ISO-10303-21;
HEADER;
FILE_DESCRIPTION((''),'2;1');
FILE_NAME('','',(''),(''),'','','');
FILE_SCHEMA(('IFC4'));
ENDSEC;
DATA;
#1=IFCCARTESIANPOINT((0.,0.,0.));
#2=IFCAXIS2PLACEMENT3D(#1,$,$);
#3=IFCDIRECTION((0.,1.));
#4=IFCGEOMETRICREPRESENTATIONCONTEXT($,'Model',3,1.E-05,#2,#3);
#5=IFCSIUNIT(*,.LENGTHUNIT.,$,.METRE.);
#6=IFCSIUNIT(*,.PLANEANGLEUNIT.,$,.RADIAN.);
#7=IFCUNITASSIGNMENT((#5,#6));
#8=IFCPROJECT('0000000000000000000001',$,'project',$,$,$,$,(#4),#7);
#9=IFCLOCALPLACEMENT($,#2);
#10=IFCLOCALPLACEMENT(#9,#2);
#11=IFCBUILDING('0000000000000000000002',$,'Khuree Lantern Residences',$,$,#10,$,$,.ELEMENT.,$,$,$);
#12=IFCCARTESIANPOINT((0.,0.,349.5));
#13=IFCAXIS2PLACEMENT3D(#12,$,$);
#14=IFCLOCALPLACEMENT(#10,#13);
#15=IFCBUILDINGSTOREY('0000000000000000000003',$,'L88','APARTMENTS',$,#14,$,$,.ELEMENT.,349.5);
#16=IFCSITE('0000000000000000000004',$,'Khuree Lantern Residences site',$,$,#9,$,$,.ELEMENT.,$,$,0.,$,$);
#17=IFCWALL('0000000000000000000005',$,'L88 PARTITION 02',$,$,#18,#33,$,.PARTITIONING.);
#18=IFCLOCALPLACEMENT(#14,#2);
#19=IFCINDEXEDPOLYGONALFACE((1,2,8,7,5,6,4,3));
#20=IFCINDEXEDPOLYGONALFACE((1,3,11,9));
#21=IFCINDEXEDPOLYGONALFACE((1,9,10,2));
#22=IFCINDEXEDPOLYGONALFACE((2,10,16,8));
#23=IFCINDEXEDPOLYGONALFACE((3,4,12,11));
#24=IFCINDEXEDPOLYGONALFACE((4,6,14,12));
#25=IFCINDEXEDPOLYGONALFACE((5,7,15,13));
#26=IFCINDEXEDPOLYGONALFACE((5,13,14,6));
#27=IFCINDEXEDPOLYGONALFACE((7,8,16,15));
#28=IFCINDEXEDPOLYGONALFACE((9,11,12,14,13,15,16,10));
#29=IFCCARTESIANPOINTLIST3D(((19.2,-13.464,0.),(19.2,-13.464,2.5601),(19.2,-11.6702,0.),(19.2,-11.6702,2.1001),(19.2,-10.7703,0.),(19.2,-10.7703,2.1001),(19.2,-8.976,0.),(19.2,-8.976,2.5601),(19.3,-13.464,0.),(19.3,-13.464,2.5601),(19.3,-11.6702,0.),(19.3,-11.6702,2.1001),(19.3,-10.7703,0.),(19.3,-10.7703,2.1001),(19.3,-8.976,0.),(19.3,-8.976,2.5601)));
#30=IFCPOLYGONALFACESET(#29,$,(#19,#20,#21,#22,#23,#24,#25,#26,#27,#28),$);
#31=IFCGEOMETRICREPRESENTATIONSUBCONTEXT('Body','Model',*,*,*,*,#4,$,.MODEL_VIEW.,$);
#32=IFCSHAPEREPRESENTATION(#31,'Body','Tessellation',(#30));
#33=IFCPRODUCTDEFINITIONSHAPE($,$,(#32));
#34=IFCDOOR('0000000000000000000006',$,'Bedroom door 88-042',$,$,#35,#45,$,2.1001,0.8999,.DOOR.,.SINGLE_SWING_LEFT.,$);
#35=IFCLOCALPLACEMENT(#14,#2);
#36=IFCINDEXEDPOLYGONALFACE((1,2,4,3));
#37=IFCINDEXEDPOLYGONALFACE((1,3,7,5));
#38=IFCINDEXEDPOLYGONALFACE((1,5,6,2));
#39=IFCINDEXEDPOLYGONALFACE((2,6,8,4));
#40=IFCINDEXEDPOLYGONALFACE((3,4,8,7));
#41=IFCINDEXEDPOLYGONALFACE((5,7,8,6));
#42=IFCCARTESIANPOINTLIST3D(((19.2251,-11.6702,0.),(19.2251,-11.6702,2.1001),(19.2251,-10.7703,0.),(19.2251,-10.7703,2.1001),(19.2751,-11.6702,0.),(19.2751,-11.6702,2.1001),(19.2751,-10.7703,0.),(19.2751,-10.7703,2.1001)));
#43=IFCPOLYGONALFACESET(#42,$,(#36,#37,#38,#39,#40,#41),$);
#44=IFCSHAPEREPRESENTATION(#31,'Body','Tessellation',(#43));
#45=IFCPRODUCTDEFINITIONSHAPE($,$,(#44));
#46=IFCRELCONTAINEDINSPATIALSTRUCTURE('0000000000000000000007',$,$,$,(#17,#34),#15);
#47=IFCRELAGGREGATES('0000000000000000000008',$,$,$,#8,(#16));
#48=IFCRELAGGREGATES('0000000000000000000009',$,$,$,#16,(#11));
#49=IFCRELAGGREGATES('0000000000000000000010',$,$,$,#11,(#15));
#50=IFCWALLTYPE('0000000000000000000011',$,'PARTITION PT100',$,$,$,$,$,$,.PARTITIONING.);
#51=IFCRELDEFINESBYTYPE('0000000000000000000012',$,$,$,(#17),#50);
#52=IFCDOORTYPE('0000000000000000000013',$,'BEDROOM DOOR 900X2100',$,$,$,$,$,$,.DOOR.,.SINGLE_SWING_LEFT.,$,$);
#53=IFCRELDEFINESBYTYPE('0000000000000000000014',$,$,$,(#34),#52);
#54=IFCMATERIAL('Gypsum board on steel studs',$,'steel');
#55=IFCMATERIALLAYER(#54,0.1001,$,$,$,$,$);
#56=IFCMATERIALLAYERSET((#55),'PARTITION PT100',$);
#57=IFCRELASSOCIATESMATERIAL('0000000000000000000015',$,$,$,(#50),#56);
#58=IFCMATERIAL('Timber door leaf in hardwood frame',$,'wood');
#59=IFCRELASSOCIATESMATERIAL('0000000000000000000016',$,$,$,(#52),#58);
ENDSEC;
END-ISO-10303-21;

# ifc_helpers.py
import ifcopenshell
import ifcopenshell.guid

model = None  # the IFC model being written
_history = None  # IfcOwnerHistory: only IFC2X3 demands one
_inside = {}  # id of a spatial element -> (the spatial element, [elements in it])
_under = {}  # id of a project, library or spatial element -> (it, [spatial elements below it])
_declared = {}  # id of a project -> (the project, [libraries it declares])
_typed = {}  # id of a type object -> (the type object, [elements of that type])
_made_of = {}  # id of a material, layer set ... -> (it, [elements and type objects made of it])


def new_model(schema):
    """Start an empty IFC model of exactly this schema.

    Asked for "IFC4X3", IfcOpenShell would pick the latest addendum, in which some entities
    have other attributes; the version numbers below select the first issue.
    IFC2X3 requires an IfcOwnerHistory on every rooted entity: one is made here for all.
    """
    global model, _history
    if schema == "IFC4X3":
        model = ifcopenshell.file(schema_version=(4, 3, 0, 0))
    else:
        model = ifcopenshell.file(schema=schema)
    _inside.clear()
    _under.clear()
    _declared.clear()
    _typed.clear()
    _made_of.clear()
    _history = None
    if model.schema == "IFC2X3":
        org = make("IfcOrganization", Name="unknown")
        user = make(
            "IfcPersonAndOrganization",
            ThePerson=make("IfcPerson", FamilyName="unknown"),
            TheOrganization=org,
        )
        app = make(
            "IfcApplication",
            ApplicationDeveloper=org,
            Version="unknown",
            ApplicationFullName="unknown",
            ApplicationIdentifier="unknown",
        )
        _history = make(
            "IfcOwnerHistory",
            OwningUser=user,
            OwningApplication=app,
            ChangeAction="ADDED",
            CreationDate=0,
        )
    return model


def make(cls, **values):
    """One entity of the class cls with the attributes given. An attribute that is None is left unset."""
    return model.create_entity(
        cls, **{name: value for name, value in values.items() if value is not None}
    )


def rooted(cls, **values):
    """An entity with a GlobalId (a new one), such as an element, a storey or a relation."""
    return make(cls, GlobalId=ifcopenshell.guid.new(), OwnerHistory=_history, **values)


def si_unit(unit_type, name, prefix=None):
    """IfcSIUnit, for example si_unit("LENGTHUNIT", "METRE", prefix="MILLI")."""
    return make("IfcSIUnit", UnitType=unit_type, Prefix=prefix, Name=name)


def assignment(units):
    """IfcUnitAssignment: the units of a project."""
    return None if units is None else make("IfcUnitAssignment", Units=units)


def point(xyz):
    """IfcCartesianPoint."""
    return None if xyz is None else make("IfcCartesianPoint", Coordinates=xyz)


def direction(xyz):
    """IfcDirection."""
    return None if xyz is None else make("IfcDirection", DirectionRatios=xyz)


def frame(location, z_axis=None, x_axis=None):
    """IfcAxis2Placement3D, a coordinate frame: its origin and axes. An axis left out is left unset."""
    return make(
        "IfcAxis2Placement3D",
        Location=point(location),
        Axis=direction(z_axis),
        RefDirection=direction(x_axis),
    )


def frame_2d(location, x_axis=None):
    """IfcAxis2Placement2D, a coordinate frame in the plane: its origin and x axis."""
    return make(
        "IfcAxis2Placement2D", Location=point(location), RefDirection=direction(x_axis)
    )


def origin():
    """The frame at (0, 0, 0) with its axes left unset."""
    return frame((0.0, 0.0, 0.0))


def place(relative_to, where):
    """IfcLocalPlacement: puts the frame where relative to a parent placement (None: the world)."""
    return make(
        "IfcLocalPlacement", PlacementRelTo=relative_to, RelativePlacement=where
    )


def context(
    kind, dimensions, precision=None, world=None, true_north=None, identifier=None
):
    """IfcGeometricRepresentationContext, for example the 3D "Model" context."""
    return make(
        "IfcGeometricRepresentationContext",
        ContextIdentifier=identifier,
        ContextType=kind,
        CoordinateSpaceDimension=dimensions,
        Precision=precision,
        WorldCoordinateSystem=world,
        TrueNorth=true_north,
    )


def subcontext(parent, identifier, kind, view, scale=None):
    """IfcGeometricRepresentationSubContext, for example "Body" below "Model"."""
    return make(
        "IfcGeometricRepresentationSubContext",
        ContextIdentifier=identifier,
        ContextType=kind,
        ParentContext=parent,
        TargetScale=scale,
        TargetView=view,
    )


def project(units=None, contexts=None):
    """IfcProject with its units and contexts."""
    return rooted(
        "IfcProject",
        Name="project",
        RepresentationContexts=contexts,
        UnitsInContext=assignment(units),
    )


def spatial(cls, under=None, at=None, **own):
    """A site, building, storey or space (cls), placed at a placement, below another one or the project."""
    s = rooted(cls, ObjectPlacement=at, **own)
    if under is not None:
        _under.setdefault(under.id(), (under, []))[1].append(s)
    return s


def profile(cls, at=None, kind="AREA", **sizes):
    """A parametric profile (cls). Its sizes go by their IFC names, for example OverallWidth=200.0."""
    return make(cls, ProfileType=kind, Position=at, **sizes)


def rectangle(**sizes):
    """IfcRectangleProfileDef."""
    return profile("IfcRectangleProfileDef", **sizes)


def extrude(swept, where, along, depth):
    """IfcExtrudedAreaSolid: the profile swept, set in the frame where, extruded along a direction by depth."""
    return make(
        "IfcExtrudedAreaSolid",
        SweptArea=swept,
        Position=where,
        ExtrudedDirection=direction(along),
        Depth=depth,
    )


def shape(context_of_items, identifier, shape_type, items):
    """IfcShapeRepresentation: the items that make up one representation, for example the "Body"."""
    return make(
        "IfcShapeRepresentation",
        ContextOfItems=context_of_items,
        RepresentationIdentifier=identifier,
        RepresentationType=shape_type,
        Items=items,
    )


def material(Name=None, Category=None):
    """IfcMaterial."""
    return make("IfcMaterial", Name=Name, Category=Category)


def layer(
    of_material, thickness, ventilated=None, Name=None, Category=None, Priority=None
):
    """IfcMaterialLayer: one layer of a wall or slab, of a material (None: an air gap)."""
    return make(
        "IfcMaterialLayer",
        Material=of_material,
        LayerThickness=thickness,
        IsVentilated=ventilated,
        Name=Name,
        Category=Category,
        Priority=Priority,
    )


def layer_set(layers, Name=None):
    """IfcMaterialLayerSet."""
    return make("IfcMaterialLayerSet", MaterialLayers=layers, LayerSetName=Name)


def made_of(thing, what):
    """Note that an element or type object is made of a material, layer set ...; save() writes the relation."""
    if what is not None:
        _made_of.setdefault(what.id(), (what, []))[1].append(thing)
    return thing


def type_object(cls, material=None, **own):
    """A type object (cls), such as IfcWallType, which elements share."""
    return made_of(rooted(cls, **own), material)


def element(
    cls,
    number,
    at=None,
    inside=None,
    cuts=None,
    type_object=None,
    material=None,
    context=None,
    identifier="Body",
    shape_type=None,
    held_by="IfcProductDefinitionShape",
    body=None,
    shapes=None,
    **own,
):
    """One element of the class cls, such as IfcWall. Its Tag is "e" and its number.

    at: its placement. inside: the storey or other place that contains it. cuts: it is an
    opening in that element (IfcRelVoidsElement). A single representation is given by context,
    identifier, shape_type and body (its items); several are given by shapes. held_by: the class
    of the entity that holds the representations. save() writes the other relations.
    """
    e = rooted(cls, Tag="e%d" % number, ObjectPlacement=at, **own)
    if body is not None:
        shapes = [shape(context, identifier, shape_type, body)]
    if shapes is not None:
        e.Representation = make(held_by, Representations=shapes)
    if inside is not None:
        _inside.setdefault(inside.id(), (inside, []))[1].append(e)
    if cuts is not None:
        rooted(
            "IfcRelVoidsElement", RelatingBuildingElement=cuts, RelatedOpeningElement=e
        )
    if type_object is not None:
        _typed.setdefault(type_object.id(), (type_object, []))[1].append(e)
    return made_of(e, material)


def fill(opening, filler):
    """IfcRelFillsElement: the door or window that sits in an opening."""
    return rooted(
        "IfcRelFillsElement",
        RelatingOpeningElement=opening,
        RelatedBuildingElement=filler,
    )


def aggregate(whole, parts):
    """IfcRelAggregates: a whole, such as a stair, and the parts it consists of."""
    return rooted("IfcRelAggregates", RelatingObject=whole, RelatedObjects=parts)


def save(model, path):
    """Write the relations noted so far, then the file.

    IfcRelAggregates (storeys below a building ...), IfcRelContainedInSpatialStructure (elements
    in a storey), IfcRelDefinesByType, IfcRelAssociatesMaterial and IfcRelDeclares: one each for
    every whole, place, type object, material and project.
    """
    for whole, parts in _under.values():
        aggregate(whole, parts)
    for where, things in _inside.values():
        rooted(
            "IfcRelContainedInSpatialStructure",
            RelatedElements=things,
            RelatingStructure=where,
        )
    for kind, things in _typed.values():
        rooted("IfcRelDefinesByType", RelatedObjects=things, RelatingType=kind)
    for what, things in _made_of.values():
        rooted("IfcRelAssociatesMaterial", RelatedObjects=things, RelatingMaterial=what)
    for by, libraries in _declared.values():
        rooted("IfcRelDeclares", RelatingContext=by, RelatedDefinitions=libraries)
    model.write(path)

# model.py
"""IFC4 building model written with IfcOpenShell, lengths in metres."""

from ifc_helpers import new_model, si_unit, direction, frame, frame_2d, origin, place, context, subcontext, project, spatial, rectangle, extrude, material, layer, layer_set, type_object, element, fill, save


model = new_model("IFC4")

# Units and contexts
model_context = context("Model", 3, precision=1e-05, world=origin(), true_north=direction((0.0, 1.0)))
body_context = subcontext(model_context, "Body", "Model", "MODEL_VIEW")
ifc_project = project(units=[si_unit("LENGTHUNIT", "METRE"), si_unit("PLANEANGLEUNIT", "RADIAN")], contexts=[model_context])

# Site, building, storey
site_placement = place(None, origin())
site = spatial("IfcSite", under=ifc_project, at=site_placement, Name="Khuree Lantern Residences site", CompositionType="ELEMENT", RefElevation=0.0)
building_placement = place(site_placement, origin())
building = spatial("IfcBuilding", under=site, at=building_placement, Name="Khuree Lantern Residences", CompositionType="ELEMENT")
storey_placement = place(building_placement, frame((0.0, 0.0, 349.5)))
storey = spatial("IfcBuildingStorey", under=building, at=storey_placement, Name="L88", Description="APARTMENTS", CompositionType="ELEMENT", Elevation=349.5)

# Shared definitions
ifc_material_1 = material(Name="Gypsum board on steel studs", Category="steel")
ifc_material_2 = material(Name="Timber door leaf in hardwood frame", Category="wood")

# Shared definitions
ifc_layer_1 = layer(ifc_material_1, 0.1001)
ifc_layer_set_1 = layer_set([ifc_layer_1], Name="PARTITION PT100")
wall_type_1 = type_object("IfcWallType", Name="PARTITION PT100", PredefinedType="PARTITIONING", material=ifc_layer_set_1)

# Wall, opening, door
door_type_1 = type_object("IfcDoorType", Name="BEDROOM DOOR 900X2100", OperationType="SINGLE_SWING_LEFT", PredefinedType="DOOR", material=ifc_material_2)
wall_1_placement = place(storey_placement, frame((19.25, -13.4641, 0.0), z_axis=(0.0, 0.0, 1.0), x_axis=(0.0, 1.0, 0.0)))
wall_1 = element("IfcWall", 1, at=wall_1_placement, inside=storey, type_object=wall_type_1, Name="L88 PARTITION 02", PredefinedType="PARTITIONING", context=body_context, shape_type="SweptSolid", body=[
    extrude(rectangle(XDim=4.488, YDim=0.1001, at=frame_2d((2.2441, 0.0))), origin(), (0.0, 0.0, 1.0), 2.5601),
])
opening_1_placement = place(wall_1_placement, frame((1.7939, 0.0, 0.0)))
opening_1 = element("IfcOpeningElement", 2, at=opening_1_placement, cuts=wall_1, PredefinedType="OPENING", context=body_context, shape_type="SweptSolid", body=[
    extrude(rectangle(XDim=0.8999, YDim=2.1001, at=frame_2d((0.45, 1.05))), frame((0.0, 0.0601, 0.0), z_axis=(0.0, -1.0, 0.0), x_axis=(1.0, 0.0, 0.0)), (0.0, 0.0, 1.0), 0.1201),
])
door_1_placement = place(opening_1_placement, origin())
door_1 = element("IfcDoor", 3, at=door_1_placement, inside=storey, type_object=door_type_1, Name="Bedroom door 88-042", OperationType="SINGLE_SWING_LEFT", OverallHeight=2.1001, OverallWidth=0.8999, PredefinedType="DOOR", context=body_context, shape_type="SweptSolid", body=[
    extrude(rectangle(XDim=0.8999, YDim=2.1001, at=frame_2d((0.45, 1.05))), frame((0.0, 0.0249, 0.0), z_axis=(0.0, -1.0, 0.0), x_axis=(1.0, 0.0, 0.0)), (0.0, 0.0, 1.0), 0.05),
])
fill(opening_1, door_1)

save(model, "model.ifc")
